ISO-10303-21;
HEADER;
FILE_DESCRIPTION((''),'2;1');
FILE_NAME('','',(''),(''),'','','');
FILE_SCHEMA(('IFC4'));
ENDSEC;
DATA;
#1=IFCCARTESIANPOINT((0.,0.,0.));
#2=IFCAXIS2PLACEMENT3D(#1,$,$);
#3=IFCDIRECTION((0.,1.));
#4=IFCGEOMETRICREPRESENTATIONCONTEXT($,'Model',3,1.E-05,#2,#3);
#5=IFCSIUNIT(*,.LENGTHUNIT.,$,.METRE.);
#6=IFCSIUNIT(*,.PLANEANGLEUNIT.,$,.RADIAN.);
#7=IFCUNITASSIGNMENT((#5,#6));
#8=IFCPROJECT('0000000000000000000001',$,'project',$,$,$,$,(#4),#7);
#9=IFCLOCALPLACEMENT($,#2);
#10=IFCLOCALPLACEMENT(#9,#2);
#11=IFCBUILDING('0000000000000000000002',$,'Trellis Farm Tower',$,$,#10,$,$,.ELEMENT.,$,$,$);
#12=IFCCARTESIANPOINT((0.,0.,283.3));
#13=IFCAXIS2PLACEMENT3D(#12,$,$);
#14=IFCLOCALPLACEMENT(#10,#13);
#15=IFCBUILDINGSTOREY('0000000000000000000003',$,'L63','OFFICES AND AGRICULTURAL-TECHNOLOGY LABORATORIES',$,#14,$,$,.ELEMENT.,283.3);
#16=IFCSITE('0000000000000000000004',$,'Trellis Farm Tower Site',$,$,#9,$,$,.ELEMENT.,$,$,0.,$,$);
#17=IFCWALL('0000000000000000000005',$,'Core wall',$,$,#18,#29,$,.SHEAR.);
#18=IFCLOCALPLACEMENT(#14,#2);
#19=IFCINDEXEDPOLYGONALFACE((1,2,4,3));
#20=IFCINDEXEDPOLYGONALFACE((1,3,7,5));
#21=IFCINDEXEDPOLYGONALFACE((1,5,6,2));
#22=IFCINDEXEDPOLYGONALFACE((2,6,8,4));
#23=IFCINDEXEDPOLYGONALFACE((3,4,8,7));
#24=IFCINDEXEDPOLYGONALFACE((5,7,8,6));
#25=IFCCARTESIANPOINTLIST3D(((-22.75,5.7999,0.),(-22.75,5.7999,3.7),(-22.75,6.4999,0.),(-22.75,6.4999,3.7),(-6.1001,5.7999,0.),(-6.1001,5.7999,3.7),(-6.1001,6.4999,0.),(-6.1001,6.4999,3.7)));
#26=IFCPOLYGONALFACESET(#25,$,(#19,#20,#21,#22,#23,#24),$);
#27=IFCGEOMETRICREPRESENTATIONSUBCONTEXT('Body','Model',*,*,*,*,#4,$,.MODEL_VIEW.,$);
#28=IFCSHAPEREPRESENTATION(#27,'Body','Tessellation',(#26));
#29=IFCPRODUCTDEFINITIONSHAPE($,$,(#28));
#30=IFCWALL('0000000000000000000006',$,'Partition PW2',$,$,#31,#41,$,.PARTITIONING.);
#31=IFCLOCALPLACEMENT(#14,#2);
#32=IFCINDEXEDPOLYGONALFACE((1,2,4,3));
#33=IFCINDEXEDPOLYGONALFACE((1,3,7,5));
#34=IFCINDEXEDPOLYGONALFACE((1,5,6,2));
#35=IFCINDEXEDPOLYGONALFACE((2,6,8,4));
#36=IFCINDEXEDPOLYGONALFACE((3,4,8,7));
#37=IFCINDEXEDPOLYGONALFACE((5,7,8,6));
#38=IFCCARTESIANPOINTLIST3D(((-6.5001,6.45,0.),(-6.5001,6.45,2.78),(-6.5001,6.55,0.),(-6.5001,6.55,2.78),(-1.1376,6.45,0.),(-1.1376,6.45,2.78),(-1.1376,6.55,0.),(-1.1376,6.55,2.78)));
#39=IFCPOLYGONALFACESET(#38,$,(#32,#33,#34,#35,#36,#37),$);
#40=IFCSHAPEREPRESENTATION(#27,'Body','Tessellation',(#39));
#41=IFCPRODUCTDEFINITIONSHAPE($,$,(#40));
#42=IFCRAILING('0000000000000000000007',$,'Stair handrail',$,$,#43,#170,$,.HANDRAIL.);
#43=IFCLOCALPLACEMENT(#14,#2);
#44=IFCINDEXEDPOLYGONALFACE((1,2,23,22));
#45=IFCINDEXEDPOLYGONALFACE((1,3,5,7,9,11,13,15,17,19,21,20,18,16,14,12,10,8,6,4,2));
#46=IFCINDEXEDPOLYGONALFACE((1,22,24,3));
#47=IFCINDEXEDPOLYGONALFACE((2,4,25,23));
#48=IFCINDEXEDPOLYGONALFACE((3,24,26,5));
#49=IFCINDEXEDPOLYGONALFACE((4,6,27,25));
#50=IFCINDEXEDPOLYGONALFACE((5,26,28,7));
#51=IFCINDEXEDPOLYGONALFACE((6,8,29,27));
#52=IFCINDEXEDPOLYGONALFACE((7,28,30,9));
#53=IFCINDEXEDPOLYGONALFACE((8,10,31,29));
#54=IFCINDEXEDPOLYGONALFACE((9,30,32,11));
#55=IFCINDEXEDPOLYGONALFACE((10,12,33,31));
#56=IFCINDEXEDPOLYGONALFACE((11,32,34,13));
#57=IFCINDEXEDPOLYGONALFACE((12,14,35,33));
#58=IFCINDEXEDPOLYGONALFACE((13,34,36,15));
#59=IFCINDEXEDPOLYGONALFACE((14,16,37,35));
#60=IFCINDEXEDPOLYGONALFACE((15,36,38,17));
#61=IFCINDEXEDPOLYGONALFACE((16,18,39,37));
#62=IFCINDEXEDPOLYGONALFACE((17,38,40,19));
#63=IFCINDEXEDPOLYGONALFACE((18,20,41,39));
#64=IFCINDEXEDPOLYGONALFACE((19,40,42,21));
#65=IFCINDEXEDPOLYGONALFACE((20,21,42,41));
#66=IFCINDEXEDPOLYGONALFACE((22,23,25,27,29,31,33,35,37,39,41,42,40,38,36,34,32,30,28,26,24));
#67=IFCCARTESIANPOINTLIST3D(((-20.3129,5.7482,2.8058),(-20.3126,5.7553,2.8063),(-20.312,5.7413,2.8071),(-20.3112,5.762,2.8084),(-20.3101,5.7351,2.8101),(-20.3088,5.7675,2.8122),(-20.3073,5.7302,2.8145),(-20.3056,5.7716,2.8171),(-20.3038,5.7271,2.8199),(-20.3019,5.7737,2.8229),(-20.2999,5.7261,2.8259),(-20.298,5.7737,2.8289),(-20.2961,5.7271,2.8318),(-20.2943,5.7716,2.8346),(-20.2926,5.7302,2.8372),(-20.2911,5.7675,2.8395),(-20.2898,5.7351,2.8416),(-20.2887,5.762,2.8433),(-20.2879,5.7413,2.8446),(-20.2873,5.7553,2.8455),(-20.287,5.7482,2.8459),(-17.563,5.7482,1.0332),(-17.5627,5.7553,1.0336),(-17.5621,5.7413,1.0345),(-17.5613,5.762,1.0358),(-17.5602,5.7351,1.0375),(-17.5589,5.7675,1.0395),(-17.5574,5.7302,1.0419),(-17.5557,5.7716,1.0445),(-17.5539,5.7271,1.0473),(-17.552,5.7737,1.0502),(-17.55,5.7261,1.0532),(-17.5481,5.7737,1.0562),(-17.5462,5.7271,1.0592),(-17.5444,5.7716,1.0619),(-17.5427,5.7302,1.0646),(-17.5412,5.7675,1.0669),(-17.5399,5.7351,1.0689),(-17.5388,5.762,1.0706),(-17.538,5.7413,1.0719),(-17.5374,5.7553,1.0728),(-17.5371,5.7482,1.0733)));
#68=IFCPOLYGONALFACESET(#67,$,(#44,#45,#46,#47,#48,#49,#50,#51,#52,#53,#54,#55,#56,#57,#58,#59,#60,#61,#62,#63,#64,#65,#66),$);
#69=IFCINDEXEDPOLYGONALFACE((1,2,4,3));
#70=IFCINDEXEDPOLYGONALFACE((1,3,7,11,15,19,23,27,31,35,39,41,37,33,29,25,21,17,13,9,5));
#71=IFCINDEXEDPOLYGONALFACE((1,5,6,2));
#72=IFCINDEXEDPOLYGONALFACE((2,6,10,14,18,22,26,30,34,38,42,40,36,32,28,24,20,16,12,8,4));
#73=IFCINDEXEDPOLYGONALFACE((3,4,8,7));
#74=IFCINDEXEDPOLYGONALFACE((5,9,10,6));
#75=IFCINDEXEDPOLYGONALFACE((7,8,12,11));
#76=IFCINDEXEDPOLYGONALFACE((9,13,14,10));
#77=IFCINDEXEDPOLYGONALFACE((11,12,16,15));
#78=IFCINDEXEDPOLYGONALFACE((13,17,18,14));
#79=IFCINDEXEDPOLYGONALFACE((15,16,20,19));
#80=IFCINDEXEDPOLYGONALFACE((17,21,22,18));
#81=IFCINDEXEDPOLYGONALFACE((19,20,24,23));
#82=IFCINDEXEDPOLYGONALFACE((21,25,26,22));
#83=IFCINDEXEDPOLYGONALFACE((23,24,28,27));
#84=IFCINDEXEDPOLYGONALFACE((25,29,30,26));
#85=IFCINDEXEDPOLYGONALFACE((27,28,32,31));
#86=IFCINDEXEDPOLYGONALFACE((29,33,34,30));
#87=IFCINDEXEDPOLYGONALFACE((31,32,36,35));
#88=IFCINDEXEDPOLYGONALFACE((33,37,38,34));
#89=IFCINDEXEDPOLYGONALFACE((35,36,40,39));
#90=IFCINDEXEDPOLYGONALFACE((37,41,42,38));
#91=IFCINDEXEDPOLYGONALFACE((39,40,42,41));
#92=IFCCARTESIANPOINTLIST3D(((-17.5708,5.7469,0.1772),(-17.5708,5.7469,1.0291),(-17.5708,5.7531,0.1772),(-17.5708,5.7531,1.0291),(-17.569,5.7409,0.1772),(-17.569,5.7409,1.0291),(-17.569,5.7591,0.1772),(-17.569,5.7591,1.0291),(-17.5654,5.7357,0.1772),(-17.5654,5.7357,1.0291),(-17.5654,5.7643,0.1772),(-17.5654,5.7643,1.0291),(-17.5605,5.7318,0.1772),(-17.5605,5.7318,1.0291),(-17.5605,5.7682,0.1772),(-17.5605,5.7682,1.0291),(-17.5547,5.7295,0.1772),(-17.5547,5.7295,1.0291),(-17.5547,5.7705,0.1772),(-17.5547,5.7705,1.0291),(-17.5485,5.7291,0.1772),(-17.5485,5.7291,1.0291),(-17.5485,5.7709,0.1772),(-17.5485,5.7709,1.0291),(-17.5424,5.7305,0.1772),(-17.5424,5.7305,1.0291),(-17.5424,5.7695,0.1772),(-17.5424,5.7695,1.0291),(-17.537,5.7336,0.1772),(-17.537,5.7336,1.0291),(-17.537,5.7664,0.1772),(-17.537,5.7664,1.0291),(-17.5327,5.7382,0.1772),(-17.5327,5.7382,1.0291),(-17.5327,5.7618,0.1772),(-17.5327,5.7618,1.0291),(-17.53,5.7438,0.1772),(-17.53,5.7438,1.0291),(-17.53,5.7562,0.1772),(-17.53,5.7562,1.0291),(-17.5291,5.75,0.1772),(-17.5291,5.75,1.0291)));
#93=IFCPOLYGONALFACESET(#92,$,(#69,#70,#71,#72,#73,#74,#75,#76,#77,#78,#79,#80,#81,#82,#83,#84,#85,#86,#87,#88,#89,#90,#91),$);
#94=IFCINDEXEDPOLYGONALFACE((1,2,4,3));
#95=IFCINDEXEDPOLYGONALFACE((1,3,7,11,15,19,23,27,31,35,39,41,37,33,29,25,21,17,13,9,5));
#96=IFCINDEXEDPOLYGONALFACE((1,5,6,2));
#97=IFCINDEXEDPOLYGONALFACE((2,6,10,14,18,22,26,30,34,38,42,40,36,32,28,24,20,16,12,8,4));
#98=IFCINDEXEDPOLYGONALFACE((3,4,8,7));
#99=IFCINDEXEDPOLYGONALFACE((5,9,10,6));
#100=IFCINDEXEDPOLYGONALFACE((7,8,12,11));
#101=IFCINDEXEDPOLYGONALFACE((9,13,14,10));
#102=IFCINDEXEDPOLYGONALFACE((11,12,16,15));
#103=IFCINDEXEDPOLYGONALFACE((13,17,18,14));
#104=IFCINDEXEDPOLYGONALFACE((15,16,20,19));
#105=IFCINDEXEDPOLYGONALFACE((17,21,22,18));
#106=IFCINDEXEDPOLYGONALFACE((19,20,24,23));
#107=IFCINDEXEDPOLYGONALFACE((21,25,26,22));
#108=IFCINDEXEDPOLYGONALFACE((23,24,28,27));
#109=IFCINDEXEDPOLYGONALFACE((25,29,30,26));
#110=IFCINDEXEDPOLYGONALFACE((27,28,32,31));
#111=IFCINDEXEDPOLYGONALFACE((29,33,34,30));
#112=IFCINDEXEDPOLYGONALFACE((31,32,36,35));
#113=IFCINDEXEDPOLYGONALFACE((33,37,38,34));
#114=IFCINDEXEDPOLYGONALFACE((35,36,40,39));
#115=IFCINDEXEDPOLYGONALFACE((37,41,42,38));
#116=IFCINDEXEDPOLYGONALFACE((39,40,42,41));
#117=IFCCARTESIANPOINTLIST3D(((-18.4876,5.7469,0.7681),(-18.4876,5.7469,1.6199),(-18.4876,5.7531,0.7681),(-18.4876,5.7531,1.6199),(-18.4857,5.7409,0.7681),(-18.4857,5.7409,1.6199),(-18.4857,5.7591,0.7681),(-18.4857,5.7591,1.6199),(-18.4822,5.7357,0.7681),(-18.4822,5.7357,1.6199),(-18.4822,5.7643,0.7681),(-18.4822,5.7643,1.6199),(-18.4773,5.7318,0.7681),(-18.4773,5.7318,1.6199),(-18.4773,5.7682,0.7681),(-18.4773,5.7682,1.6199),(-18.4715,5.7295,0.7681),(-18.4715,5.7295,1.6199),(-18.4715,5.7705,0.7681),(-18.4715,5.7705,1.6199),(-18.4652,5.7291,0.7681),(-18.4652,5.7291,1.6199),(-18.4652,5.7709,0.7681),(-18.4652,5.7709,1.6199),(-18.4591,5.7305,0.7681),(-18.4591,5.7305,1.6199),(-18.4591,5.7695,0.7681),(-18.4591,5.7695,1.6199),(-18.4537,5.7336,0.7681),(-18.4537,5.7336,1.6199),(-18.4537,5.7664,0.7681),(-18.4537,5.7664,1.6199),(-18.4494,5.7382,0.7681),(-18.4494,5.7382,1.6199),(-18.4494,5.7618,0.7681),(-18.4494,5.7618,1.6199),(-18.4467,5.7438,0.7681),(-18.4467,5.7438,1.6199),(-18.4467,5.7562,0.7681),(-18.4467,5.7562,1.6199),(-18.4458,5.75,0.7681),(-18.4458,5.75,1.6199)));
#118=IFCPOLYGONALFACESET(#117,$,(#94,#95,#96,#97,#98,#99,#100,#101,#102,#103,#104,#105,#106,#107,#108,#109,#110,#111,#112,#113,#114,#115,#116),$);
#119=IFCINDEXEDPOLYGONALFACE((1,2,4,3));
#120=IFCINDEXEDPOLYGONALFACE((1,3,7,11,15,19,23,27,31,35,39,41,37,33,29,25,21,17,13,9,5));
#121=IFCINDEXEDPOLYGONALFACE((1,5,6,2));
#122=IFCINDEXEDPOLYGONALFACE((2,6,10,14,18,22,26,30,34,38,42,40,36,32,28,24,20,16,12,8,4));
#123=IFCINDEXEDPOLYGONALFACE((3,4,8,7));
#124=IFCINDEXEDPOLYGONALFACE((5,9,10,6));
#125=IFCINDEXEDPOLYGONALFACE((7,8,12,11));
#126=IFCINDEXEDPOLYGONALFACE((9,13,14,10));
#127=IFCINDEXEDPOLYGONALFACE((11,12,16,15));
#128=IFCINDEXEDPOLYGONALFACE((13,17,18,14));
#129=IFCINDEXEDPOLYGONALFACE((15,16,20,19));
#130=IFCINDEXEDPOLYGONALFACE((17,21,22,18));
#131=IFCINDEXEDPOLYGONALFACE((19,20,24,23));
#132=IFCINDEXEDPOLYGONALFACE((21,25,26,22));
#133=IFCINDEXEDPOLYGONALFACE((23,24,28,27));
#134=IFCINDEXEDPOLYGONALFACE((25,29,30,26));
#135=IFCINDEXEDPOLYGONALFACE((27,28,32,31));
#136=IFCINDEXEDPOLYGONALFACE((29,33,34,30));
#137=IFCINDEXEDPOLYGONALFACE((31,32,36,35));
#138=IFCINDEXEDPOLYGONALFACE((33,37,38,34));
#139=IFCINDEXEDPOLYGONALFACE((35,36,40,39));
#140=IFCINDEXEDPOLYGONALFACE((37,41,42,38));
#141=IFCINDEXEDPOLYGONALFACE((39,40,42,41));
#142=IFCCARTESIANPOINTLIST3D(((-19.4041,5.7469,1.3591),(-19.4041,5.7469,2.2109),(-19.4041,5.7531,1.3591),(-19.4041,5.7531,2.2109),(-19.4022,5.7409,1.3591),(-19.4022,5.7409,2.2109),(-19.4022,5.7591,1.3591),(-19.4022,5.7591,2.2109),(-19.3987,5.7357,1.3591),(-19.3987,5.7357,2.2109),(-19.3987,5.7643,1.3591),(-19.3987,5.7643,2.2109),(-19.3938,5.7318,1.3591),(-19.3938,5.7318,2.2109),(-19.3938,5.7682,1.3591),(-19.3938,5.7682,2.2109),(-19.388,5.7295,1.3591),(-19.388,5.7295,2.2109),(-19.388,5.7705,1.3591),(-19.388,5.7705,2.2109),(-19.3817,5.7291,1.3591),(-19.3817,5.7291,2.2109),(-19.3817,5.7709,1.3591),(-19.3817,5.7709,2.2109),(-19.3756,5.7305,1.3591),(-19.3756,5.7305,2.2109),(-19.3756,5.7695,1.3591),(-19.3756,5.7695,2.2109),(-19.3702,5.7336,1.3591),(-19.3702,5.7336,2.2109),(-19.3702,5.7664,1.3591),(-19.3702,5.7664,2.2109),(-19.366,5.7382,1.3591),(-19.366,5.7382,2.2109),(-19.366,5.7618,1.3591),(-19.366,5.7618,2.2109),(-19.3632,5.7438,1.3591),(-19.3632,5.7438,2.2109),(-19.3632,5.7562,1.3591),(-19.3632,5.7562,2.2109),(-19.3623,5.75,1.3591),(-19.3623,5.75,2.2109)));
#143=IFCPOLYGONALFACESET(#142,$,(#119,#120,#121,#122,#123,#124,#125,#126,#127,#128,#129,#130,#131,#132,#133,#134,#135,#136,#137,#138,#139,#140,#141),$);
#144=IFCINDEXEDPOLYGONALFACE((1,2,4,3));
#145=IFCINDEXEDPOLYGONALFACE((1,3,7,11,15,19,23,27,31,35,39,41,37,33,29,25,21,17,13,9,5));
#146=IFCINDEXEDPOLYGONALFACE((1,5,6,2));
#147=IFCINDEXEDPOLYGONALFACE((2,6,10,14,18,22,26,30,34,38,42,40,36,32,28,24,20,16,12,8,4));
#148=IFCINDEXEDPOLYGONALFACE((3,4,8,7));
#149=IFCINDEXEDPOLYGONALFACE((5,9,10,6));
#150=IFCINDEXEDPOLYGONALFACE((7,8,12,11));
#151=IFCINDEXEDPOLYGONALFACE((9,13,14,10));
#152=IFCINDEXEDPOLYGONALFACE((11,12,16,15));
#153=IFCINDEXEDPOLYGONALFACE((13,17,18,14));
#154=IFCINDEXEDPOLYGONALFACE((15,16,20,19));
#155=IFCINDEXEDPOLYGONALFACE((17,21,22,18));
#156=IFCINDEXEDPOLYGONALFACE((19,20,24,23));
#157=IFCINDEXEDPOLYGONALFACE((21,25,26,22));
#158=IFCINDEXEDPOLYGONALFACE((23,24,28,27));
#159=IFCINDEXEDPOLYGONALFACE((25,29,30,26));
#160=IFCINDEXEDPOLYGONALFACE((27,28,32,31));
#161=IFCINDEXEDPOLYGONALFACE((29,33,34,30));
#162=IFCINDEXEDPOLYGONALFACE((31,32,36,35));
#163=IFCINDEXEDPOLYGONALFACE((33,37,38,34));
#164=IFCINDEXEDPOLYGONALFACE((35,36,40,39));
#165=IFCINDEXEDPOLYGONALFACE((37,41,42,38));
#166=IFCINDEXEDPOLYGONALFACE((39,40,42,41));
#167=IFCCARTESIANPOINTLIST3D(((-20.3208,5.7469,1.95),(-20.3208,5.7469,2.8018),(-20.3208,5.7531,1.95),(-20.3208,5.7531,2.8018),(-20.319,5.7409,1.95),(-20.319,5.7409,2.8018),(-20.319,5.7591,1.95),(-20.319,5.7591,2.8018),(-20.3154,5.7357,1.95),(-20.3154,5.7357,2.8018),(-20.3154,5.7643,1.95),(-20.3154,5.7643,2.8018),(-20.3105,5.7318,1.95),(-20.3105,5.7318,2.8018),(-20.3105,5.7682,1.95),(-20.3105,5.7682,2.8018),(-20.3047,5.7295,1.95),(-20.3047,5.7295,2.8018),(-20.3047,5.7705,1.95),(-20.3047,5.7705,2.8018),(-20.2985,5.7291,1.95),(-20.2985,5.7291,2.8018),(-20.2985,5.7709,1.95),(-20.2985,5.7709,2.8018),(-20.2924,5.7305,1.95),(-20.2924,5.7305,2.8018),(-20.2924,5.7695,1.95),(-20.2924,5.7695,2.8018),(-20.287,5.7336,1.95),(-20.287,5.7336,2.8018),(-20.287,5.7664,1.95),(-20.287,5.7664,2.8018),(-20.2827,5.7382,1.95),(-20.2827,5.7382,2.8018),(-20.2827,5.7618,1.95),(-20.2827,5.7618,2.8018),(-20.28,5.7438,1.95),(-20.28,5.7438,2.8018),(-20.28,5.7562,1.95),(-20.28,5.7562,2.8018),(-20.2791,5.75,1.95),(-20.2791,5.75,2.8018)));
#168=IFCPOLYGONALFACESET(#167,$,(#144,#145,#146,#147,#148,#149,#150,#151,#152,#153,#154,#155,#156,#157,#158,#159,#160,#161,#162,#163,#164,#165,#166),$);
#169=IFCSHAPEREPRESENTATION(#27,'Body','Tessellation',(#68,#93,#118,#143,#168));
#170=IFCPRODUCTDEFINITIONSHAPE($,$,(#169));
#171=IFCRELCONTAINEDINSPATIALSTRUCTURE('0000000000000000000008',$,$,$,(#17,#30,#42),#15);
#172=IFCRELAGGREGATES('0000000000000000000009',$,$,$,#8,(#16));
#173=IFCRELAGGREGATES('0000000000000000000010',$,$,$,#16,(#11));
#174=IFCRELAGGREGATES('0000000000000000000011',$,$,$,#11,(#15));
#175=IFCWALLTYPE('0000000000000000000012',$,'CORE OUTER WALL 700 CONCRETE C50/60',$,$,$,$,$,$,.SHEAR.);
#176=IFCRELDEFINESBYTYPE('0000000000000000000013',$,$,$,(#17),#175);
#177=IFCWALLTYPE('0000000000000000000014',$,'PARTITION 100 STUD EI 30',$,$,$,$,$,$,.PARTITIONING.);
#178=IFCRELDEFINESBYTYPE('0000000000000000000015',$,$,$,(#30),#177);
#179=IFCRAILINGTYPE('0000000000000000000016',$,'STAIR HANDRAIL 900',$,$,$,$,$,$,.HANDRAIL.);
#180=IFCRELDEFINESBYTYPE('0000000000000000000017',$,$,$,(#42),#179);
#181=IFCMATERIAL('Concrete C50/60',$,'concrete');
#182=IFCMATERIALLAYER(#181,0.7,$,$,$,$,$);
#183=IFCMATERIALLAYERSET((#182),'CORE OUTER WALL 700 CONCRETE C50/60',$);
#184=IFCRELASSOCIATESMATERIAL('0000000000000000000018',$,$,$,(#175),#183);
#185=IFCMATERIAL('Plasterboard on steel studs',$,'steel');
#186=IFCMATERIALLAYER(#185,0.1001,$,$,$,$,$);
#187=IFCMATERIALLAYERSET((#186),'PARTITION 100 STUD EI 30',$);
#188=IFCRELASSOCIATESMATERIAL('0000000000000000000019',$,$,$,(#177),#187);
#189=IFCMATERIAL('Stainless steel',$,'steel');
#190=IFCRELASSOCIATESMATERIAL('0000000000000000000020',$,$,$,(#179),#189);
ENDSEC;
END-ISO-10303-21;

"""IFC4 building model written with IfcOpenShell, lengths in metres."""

from ifc_helpers import new_model, si_unit, direction, frame, frame_2d, origin, origin_2d, place, context, subcontext, project, spatial, rectangle, circle, extrude, source, transform, mapped, material, layer, layer_set, type_object, element, save


model = new_model("IFC4")

# Units and contexts
model_context = context("Model", 3, precision=1e-05, world=origin(), true_north=direction((0.0, 1.0)))
body_context = subcontext(model_context, "Body", "Model", "MODEL_VIEW")
ifc_project = project(units=[si_unit("LENGTHUNIT", "METRE"), si_unit("PLANEANGLEUNIT", "RADIAN")], contexts=[model_context])

# Site, building, storey
site_placement = place(None, origin())
site = spatial("IfcSite", under=ifc_project, at=site_placement, Name="Trellis Farm Tower Site", CompositionType="ELEMENT", RefElevation=0.0)
building_placement = place(site_placement, origin())
building = spatial("IfcBuilding", under=site, at=building_placement, Name="Trellis Farm Tower", CompositionType="ELEMENT")
storey_placement = place(building_placement, frame((0.0, 0.0, 283.3)))
storey = spatial("IfcBuildingStorey", under=building, at=storey_placement, Name="L63", Description="OFFICES AND AGRICULTURAL-TECHNOLOGY LABORATORIES", CompositionType="ELEMENT", Elevation=283.3)

# Shared definitions
ifc_material_1 = material(Name="Concrete C50/60", Category="concrete")
ifc_layer_1 = layer(ifc_material_1, 0.7)
ifc_layer_set_1 = layer_set([ifc_layer_1], Name="CORE OUTER WALL 700 CONCRETE C50/60")
wall_type_1 = type_object("IfcWallType", Name="CORE OUTER WALL 700 CONCRETE C50/60", PredefinedType="SHEAR", material=ifc_layer_set_1)

# Walls
shared_shape_1 = source(origin(), body_context, "Body", "SweptSolid", [
    extrude(rectangle(XDim=16.6499, YDim=0.7, at=frame_2d((8.325, 0.0))), origin(), (0.0, 0.0, 1.0), 3.7),
])
wall_1_placement = place(storey_placement, frame((-6.1001, 6.1499, 0.0), z_axis=(0.0, 0.0, 1.0), x_axis=(-1.0, 0.0, 0.0)))
element("IfcWall", 1, at=wall_1_placement, inside=storey, type_object=wall_type_1, Name="Core wall", PredefinedType="SHEAR", context=body_context, shape_type="MappedRepresentation", body=[
    mapped(shared_shape_1, transform((0.0, 0.0, 0.0))),
])
ifc_material_2 = material(Name="Plasterboard on steel studs", Category="steel")
ifc_layer_2 = layer(ifc_material_2, 0.1001)
ifc_layer_set_2 = layer_set([ifc_layer_2], Name="PARTITION 100 STUD EI 30")
wall_type_2 = type_object("IfcWallType", Name="PARTITION 100 STUD EI 30", PredefinedType="PARTITIONING", material=ifc_layer_set_2)
shared_shape_2 = source(origin(), body_context, "Body", "SweptSolid", [
    extrude(rectangle(XDim=5.3625, YDim=0.1001, at=frame_2d((2.6812, 0.0))), origin(), (0.0, 0.0, 1.0), 2.78),
])
wall_2_placement = place(storey_placement, frame((-6.5, 6.5, 0.0), z_axis=(0.0, 0.0, 1.0), x_axis=(1.0, 0.0, 0.0)))
element("IfcWall", 2, at=wall_2_placement, inside=storey, type_object=wall_type_2, Name="Partition PW2", PredefinedType="PARTITIONING", context=body_context, shape_type="MappedRepresentation", body=[
    mapped(shared_shape_2, transform((0.0, 0.0, 0.0))),
])

# Railing
ifc_material_3 = material(Name="Stainless steel", Category="steel")
railing_type = type_object("IfcRailingType", Name="STAIR HANDRAIL 900", PredefinedType="HANDRAIL", material=ifc_material_3)
shared_shape_3 = source(origin(), body_context, "Body", "SweptSolid", [
    extrude(circle(Radius=0.0239, at=origin_2d()), frame((0.0, 0.0, 0.876), z_axis=(-0.840504, 0.0, 0.541806), x_axis=(0.0, -1.0, 0.0)), (0.0, 0.0, 1.0), 3.2717),
    extrude(circle(Radius=0.021, at=origin_2d()), origin(), (0.0, 0.0, 1.0), 0.8518),
    extrude(circle(Radius=0.021, at=origin_2d()), frame((-0.9167, 0.0, 0.5908)), (0.0, 0.0, 1.0), 0.8518),
    extrude(circle(Radius=0.021, at=origin_2d()), frame((-1.8333, 0.0, 1.1819)), (0.0, 0.0, 1.0), 0.8518),
    extrude(circle(Radius=0.021, at=origin_2d()), frame((-2.75, 0.0, 1.7727)), (0.0, 0.0, 1.0), 0.8518),
])
railing_placement = place(storey_placement, frame((-17.55, 5.75, 0.1772)))
element("IfcRailing", 3, at=railing_placement, inside=storey, type_object=railing_type, Name="Stair handrail", PredefinedType="HANDRAIL", context=body_context, shape_type="MappedRepresentation", body=[
    mapped(shared_shape_3, transform((0.0, 0.0, 0.0))),
])

save(model, "model.ifc")
